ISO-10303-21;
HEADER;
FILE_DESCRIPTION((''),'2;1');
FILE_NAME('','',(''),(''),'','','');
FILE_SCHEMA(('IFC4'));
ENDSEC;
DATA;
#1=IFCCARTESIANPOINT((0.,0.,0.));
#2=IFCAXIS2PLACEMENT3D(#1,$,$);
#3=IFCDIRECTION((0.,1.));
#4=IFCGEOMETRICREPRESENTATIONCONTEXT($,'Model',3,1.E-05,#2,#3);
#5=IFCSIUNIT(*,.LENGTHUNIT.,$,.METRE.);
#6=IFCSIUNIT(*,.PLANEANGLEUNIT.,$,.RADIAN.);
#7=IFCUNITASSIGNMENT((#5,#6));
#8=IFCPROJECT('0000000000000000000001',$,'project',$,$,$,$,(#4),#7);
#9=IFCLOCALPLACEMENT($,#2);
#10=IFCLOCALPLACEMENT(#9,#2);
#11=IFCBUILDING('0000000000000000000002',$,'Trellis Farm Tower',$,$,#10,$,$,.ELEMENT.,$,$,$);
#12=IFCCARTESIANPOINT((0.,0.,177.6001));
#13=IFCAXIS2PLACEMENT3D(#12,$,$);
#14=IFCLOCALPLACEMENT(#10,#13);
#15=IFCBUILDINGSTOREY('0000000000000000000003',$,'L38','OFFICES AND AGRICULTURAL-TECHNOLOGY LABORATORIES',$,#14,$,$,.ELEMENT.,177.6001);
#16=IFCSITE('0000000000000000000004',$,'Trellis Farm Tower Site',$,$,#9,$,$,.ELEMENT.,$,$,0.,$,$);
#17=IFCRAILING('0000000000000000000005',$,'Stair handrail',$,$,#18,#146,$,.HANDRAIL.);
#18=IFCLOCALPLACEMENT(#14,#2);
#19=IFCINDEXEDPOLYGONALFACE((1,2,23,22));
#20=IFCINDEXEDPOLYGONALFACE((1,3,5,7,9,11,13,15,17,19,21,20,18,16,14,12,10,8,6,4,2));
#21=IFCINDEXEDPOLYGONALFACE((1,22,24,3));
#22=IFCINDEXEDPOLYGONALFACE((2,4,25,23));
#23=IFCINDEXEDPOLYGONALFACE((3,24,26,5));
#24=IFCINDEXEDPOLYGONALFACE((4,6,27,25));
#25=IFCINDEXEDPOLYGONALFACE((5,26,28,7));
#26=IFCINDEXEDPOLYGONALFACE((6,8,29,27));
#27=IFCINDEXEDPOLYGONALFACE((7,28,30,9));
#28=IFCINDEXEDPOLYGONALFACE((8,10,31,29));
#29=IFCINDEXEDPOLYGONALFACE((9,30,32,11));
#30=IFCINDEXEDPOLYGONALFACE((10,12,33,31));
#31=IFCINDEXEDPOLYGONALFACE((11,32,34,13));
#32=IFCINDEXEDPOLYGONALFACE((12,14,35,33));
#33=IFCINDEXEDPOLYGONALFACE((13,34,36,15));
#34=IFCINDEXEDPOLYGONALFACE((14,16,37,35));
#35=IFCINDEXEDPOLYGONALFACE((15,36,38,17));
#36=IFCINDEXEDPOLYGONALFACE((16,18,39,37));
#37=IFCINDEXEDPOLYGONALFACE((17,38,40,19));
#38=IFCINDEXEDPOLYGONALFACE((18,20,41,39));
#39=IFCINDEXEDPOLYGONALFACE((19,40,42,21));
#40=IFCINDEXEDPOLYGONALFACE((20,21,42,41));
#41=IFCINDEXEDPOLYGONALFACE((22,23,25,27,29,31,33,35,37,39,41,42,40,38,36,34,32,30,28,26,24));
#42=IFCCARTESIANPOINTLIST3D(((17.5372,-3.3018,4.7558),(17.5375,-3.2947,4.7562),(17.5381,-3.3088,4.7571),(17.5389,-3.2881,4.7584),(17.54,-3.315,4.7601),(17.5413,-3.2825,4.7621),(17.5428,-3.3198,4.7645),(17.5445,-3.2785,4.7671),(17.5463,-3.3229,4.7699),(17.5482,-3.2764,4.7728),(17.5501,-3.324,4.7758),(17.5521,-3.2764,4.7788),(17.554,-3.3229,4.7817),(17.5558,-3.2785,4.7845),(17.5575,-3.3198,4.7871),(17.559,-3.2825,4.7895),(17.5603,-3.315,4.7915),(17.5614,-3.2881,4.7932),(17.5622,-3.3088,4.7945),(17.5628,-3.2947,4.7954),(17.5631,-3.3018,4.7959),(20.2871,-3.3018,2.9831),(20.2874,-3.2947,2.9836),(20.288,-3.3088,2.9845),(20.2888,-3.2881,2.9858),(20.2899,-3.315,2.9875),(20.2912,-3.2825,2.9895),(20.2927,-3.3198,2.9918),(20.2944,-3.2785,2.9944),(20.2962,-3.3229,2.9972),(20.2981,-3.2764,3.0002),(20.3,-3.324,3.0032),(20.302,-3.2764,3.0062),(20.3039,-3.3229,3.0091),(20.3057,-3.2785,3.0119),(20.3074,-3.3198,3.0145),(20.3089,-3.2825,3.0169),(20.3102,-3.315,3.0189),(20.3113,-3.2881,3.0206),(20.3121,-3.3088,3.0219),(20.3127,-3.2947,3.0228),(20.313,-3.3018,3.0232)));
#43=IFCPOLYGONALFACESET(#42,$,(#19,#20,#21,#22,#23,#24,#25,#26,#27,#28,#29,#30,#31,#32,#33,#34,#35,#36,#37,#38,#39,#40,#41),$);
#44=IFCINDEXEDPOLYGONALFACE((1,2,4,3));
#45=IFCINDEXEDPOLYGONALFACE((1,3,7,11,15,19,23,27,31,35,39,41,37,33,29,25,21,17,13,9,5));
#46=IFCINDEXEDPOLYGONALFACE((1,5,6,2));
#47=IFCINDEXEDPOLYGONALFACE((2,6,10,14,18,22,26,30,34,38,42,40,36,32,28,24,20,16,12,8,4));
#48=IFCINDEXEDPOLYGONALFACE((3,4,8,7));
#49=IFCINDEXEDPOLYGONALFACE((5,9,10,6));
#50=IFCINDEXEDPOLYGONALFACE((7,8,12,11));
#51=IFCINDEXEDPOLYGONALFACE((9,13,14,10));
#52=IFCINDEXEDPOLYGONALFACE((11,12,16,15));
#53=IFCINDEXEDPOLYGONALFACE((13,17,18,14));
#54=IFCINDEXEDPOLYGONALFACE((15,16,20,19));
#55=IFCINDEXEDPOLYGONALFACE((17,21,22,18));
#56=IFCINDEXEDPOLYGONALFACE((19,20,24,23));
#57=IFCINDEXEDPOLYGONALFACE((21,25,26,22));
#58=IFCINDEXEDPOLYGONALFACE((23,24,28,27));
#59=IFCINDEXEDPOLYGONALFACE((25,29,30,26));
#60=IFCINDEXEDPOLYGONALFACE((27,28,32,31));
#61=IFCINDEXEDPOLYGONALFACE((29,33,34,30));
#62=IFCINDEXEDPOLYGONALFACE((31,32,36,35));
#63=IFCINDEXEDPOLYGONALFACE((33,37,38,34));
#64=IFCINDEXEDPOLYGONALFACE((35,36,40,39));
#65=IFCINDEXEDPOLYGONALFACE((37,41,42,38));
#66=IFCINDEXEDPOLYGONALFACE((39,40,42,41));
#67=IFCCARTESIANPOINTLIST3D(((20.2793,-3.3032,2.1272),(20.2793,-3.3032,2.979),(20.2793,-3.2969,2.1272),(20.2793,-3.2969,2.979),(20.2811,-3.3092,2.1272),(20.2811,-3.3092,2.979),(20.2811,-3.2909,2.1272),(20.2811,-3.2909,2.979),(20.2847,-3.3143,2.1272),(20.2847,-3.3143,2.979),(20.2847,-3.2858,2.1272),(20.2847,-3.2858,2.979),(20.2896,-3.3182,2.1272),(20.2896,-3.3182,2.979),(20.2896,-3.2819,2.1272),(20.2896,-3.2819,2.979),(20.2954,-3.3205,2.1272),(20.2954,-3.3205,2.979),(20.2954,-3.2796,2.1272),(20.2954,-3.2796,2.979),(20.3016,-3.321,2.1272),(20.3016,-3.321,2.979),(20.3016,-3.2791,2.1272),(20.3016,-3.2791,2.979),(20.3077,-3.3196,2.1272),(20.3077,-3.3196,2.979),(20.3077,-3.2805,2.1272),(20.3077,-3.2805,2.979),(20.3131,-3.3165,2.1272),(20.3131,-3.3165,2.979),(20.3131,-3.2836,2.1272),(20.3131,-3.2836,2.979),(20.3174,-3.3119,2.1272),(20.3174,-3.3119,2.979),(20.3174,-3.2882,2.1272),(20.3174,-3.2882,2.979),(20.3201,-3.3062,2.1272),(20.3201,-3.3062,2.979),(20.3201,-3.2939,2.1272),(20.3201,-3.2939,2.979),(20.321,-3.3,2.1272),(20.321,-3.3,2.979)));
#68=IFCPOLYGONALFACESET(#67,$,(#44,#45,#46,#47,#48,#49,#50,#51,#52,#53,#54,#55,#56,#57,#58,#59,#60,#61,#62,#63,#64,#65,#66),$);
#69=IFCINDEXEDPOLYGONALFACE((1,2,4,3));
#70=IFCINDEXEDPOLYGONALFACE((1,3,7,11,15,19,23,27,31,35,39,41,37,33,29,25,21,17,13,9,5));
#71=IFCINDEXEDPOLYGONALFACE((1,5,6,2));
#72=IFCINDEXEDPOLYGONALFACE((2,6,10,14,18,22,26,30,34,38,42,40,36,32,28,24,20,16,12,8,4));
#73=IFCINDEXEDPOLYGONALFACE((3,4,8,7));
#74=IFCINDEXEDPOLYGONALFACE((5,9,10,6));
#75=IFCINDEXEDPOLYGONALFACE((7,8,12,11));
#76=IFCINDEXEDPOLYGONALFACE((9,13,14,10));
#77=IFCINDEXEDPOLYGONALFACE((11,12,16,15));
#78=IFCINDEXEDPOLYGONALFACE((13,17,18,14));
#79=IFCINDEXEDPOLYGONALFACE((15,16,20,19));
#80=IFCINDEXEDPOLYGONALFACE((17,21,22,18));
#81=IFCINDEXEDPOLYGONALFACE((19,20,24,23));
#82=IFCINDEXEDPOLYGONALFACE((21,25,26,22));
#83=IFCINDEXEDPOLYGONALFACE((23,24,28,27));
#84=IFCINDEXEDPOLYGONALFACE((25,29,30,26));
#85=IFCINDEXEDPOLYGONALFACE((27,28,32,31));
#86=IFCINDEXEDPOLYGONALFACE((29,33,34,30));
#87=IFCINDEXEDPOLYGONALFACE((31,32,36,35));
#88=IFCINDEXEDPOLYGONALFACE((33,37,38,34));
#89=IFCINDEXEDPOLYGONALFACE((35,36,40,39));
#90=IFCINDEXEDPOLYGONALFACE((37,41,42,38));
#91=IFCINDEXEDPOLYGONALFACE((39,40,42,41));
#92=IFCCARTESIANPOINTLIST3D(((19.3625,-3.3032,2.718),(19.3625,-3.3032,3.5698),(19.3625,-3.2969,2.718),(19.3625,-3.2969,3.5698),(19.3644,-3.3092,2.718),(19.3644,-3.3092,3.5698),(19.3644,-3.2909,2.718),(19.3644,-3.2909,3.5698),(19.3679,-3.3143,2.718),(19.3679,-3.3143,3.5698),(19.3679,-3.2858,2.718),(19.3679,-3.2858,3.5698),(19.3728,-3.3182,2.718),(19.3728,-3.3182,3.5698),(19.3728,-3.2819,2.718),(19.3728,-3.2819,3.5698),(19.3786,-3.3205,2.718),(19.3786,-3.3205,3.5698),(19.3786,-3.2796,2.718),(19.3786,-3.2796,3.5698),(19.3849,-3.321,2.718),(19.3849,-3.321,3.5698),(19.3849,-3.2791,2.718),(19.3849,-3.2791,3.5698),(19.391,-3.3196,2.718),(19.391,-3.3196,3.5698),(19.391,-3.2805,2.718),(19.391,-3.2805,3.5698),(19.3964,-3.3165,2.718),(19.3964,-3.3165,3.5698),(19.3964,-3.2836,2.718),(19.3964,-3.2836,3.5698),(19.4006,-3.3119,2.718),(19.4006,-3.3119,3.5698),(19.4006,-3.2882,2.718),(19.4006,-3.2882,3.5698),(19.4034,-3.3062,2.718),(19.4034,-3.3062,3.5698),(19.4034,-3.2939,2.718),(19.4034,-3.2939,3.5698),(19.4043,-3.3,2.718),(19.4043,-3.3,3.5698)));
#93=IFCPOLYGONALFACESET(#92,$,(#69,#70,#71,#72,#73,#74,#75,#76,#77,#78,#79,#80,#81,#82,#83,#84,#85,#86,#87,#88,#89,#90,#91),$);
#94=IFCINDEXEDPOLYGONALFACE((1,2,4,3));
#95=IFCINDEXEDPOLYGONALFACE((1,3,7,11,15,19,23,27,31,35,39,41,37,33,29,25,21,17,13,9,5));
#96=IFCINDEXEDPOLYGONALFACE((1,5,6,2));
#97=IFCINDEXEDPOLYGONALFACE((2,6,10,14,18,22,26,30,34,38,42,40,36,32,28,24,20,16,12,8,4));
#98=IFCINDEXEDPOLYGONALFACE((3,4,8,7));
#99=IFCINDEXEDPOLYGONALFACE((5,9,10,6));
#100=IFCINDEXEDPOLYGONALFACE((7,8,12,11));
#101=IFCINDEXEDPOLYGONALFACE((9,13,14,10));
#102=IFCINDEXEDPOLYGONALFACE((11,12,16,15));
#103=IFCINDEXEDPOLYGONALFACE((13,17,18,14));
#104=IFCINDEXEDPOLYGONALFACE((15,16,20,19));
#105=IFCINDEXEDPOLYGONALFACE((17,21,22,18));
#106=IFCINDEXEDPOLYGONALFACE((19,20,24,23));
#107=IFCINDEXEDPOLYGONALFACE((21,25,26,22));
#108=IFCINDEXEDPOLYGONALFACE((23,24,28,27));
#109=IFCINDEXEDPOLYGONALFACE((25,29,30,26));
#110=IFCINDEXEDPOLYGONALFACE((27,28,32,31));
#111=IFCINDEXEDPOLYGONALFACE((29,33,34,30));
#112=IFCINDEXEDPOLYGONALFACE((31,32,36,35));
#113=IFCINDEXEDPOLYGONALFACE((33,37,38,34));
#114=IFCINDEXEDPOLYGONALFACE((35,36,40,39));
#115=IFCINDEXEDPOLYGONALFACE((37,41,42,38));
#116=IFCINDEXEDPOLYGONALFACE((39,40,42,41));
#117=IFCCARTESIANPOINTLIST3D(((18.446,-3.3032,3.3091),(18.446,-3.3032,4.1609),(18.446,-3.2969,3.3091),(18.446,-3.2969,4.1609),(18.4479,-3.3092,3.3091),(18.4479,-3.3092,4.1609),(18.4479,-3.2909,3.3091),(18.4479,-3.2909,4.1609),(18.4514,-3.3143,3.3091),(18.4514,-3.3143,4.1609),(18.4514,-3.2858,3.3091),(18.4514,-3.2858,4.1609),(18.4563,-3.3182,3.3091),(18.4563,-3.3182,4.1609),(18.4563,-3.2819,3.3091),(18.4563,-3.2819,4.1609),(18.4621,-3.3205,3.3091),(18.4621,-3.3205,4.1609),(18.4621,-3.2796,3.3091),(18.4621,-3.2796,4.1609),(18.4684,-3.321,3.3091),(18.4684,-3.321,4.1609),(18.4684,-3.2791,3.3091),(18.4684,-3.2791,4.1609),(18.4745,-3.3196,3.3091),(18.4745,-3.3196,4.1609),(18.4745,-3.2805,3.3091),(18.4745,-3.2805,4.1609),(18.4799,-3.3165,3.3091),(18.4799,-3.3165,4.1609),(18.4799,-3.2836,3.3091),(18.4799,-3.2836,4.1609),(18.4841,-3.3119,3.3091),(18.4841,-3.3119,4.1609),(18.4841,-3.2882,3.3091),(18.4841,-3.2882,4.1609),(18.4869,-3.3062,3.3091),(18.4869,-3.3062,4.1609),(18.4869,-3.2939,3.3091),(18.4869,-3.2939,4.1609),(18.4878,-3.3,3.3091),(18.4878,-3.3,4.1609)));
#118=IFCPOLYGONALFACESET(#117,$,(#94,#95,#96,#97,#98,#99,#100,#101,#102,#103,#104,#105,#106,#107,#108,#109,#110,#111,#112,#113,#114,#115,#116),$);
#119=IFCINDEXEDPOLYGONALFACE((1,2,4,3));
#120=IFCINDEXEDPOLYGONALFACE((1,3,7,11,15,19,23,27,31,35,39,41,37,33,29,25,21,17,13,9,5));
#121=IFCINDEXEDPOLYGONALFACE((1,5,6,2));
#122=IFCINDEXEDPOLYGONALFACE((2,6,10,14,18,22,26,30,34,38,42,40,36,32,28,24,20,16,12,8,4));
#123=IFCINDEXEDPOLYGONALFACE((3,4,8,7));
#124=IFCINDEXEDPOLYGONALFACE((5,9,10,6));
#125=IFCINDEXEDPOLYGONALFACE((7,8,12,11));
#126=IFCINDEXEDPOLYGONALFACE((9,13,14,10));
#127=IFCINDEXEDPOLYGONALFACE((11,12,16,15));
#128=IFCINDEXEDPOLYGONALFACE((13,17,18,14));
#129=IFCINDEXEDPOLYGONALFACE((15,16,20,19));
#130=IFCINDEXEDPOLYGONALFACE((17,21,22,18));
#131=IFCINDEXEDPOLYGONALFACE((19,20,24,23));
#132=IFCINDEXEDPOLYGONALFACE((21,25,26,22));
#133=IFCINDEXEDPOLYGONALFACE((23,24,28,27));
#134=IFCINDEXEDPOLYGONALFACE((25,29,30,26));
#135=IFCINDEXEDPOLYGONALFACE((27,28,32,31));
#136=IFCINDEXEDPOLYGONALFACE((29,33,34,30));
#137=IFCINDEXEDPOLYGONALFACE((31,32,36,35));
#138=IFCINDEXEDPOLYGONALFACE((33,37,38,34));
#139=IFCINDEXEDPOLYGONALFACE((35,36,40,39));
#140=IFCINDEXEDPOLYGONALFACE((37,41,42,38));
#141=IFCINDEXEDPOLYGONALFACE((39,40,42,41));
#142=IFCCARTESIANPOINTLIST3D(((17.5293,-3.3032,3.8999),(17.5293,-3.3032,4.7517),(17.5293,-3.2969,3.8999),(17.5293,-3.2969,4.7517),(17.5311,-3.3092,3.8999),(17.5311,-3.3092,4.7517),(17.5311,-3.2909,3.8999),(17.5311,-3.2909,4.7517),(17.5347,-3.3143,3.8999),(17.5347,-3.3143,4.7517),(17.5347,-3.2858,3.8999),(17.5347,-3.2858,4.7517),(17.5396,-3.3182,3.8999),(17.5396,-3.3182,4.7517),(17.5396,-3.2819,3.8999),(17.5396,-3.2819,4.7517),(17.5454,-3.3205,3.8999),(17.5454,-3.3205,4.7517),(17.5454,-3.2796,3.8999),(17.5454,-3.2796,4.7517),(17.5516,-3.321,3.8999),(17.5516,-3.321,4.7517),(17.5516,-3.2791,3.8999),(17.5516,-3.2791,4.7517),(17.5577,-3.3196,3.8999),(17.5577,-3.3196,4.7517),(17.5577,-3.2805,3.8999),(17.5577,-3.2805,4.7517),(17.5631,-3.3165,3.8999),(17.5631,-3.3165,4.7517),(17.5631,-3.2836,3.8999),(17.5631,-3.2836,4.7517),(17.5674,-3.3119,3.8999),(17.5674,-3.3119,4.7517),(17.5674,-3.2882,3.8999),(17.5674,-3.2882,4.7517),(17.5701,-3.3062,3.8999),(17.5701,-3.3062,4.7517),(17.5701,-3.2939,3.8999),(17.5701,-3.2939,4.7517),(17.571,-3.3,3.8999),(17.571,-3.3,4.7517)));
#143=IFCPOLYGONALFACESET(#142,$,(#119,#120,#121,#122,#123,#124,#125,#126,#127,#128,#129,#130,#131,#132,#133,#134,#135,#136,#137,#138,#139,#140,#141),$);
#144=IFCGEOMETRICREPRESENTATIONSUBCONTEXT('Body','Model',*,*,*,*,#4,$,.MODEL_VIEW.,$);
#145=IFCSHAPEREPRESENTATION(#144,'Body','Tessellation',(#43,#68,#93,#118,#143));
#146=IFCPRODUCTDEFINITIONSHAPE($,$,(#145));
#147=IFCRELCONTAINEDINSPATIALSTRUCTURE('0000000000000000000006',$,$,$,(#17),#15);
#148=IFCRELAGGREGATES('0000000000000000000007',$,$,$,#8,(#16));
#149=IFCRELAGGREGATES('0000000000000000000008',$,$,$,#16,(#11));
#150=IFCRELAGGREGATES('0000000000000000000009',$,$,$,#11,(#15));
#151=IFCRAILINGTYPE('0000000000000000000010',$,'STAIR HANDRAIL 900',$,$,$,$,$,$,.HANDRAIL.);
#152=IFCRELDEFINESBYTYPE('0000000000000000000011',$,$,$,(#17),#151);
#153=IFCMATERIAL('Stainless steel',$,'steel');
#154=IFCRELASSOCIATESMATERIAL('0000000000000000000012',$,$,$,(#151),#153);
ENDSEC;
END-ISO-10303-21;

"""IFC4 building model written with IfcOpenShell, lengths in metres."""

from ifc_helpers import new_model, si_unit, direction, frame, origin, origin_2d, place, context, subcontext, project, spatial, circle, extrude, source, transform, mapped, material, type_object, element, save


model = new_model("IFC4")

# Units and contexts
model_context = context("Model", 3, precision=1e-05, world=origin(), true_north=direction((0.0, 1.0)))
body_context = subcontext(model_context, "Body", "Model", "MODEL_VIEW")
ifc_project = project(units=[si_unit("LENGTHUNIT", "METRE"), si_unit("PLANEANGLEUNIT", "RADIAN")], contexts=[model_context])

# Site, building, storey
site_placement = place(None, origin())
site = spatial("IfcSite", under=ifc_project, at=site_placement, Name="Trellis Farm Tower Site", CompositionType="ELEMENT", RefElevation=0.0)
building_placement = place(site_placement, origin())
building = spatial("IfcBuilding", under=site, at=building_placement, Name="Trellis Farm Tower", CompositionType="ELEMENT")
storey_placement = place(building_placement, frame((0.0, 0.0, 177.6001)))
storey = spatial("IfcBuildingStorey", under=building, at=storey_placement, Name="L38", Description="OFFICES AND AGRICULTURAL-TECHNOLOGY LABORATORIES", CompositionType="ELEMENT", Elevation=177.6001)

# Railing
ifc_material_1 = material(Name="Stainless steel", Category="steel")
railing_type = type_object("IfcRailingType", Name="STAIR HANDRAIL 900", PredefinedType="HANDRAIL", material=ifc_material_1)
shared_shape_1 = source(origin(), body_context, "Body", "SweptSolid", [
    extrude(circle(Radius=0.0239, at=origin_2d()), frame((0.0, 0.0, 0.876), z_axis=(-0.840504, 0.0, 0.541806), x_axis=(0.0, -1.0, 0.0)), (0.0, 0.0, 1.0), 3.2717),
    extrude(circle(Radius=0.021, at=origin_2d()), origin(), (0.0, 0.0, 1.0), 0.8518),
    extrude(circle(Radius=0.021, at=origin_2d()), frame((-0.9167, 0.0, 0.5908)), (0.0, 0.0, 1.0), 0.8518),
    extrude(circle(Radius=0.021, at=origin_2d()), frame((-1.8333, 0.0, 1.1819)), (0.0, 0.0, 1.0), 0.8518),
    extrude(circle(Radius=0.021, at=origin_2d()), frame((-2.75, 0.0, 1.7727)), (0.0, 0.0, 1.0), 0.8518),
])
for number, where, name in (
    (1, (20.3, -3.3, 2.1272), "Stair handrail"),
):
    element("IfcRailing", number, at=place(storey_placement, frame(where)), inside=storey, type_object=railing_type, Name=name, PredefinedType="HANDRAIL", context=body_context, shape_type="MappedRepresentation", body=[
        mapped(shared_shape_1, transform((0.0, 0.0, 0.0))),
    ])

save(model, "model.ifc")
